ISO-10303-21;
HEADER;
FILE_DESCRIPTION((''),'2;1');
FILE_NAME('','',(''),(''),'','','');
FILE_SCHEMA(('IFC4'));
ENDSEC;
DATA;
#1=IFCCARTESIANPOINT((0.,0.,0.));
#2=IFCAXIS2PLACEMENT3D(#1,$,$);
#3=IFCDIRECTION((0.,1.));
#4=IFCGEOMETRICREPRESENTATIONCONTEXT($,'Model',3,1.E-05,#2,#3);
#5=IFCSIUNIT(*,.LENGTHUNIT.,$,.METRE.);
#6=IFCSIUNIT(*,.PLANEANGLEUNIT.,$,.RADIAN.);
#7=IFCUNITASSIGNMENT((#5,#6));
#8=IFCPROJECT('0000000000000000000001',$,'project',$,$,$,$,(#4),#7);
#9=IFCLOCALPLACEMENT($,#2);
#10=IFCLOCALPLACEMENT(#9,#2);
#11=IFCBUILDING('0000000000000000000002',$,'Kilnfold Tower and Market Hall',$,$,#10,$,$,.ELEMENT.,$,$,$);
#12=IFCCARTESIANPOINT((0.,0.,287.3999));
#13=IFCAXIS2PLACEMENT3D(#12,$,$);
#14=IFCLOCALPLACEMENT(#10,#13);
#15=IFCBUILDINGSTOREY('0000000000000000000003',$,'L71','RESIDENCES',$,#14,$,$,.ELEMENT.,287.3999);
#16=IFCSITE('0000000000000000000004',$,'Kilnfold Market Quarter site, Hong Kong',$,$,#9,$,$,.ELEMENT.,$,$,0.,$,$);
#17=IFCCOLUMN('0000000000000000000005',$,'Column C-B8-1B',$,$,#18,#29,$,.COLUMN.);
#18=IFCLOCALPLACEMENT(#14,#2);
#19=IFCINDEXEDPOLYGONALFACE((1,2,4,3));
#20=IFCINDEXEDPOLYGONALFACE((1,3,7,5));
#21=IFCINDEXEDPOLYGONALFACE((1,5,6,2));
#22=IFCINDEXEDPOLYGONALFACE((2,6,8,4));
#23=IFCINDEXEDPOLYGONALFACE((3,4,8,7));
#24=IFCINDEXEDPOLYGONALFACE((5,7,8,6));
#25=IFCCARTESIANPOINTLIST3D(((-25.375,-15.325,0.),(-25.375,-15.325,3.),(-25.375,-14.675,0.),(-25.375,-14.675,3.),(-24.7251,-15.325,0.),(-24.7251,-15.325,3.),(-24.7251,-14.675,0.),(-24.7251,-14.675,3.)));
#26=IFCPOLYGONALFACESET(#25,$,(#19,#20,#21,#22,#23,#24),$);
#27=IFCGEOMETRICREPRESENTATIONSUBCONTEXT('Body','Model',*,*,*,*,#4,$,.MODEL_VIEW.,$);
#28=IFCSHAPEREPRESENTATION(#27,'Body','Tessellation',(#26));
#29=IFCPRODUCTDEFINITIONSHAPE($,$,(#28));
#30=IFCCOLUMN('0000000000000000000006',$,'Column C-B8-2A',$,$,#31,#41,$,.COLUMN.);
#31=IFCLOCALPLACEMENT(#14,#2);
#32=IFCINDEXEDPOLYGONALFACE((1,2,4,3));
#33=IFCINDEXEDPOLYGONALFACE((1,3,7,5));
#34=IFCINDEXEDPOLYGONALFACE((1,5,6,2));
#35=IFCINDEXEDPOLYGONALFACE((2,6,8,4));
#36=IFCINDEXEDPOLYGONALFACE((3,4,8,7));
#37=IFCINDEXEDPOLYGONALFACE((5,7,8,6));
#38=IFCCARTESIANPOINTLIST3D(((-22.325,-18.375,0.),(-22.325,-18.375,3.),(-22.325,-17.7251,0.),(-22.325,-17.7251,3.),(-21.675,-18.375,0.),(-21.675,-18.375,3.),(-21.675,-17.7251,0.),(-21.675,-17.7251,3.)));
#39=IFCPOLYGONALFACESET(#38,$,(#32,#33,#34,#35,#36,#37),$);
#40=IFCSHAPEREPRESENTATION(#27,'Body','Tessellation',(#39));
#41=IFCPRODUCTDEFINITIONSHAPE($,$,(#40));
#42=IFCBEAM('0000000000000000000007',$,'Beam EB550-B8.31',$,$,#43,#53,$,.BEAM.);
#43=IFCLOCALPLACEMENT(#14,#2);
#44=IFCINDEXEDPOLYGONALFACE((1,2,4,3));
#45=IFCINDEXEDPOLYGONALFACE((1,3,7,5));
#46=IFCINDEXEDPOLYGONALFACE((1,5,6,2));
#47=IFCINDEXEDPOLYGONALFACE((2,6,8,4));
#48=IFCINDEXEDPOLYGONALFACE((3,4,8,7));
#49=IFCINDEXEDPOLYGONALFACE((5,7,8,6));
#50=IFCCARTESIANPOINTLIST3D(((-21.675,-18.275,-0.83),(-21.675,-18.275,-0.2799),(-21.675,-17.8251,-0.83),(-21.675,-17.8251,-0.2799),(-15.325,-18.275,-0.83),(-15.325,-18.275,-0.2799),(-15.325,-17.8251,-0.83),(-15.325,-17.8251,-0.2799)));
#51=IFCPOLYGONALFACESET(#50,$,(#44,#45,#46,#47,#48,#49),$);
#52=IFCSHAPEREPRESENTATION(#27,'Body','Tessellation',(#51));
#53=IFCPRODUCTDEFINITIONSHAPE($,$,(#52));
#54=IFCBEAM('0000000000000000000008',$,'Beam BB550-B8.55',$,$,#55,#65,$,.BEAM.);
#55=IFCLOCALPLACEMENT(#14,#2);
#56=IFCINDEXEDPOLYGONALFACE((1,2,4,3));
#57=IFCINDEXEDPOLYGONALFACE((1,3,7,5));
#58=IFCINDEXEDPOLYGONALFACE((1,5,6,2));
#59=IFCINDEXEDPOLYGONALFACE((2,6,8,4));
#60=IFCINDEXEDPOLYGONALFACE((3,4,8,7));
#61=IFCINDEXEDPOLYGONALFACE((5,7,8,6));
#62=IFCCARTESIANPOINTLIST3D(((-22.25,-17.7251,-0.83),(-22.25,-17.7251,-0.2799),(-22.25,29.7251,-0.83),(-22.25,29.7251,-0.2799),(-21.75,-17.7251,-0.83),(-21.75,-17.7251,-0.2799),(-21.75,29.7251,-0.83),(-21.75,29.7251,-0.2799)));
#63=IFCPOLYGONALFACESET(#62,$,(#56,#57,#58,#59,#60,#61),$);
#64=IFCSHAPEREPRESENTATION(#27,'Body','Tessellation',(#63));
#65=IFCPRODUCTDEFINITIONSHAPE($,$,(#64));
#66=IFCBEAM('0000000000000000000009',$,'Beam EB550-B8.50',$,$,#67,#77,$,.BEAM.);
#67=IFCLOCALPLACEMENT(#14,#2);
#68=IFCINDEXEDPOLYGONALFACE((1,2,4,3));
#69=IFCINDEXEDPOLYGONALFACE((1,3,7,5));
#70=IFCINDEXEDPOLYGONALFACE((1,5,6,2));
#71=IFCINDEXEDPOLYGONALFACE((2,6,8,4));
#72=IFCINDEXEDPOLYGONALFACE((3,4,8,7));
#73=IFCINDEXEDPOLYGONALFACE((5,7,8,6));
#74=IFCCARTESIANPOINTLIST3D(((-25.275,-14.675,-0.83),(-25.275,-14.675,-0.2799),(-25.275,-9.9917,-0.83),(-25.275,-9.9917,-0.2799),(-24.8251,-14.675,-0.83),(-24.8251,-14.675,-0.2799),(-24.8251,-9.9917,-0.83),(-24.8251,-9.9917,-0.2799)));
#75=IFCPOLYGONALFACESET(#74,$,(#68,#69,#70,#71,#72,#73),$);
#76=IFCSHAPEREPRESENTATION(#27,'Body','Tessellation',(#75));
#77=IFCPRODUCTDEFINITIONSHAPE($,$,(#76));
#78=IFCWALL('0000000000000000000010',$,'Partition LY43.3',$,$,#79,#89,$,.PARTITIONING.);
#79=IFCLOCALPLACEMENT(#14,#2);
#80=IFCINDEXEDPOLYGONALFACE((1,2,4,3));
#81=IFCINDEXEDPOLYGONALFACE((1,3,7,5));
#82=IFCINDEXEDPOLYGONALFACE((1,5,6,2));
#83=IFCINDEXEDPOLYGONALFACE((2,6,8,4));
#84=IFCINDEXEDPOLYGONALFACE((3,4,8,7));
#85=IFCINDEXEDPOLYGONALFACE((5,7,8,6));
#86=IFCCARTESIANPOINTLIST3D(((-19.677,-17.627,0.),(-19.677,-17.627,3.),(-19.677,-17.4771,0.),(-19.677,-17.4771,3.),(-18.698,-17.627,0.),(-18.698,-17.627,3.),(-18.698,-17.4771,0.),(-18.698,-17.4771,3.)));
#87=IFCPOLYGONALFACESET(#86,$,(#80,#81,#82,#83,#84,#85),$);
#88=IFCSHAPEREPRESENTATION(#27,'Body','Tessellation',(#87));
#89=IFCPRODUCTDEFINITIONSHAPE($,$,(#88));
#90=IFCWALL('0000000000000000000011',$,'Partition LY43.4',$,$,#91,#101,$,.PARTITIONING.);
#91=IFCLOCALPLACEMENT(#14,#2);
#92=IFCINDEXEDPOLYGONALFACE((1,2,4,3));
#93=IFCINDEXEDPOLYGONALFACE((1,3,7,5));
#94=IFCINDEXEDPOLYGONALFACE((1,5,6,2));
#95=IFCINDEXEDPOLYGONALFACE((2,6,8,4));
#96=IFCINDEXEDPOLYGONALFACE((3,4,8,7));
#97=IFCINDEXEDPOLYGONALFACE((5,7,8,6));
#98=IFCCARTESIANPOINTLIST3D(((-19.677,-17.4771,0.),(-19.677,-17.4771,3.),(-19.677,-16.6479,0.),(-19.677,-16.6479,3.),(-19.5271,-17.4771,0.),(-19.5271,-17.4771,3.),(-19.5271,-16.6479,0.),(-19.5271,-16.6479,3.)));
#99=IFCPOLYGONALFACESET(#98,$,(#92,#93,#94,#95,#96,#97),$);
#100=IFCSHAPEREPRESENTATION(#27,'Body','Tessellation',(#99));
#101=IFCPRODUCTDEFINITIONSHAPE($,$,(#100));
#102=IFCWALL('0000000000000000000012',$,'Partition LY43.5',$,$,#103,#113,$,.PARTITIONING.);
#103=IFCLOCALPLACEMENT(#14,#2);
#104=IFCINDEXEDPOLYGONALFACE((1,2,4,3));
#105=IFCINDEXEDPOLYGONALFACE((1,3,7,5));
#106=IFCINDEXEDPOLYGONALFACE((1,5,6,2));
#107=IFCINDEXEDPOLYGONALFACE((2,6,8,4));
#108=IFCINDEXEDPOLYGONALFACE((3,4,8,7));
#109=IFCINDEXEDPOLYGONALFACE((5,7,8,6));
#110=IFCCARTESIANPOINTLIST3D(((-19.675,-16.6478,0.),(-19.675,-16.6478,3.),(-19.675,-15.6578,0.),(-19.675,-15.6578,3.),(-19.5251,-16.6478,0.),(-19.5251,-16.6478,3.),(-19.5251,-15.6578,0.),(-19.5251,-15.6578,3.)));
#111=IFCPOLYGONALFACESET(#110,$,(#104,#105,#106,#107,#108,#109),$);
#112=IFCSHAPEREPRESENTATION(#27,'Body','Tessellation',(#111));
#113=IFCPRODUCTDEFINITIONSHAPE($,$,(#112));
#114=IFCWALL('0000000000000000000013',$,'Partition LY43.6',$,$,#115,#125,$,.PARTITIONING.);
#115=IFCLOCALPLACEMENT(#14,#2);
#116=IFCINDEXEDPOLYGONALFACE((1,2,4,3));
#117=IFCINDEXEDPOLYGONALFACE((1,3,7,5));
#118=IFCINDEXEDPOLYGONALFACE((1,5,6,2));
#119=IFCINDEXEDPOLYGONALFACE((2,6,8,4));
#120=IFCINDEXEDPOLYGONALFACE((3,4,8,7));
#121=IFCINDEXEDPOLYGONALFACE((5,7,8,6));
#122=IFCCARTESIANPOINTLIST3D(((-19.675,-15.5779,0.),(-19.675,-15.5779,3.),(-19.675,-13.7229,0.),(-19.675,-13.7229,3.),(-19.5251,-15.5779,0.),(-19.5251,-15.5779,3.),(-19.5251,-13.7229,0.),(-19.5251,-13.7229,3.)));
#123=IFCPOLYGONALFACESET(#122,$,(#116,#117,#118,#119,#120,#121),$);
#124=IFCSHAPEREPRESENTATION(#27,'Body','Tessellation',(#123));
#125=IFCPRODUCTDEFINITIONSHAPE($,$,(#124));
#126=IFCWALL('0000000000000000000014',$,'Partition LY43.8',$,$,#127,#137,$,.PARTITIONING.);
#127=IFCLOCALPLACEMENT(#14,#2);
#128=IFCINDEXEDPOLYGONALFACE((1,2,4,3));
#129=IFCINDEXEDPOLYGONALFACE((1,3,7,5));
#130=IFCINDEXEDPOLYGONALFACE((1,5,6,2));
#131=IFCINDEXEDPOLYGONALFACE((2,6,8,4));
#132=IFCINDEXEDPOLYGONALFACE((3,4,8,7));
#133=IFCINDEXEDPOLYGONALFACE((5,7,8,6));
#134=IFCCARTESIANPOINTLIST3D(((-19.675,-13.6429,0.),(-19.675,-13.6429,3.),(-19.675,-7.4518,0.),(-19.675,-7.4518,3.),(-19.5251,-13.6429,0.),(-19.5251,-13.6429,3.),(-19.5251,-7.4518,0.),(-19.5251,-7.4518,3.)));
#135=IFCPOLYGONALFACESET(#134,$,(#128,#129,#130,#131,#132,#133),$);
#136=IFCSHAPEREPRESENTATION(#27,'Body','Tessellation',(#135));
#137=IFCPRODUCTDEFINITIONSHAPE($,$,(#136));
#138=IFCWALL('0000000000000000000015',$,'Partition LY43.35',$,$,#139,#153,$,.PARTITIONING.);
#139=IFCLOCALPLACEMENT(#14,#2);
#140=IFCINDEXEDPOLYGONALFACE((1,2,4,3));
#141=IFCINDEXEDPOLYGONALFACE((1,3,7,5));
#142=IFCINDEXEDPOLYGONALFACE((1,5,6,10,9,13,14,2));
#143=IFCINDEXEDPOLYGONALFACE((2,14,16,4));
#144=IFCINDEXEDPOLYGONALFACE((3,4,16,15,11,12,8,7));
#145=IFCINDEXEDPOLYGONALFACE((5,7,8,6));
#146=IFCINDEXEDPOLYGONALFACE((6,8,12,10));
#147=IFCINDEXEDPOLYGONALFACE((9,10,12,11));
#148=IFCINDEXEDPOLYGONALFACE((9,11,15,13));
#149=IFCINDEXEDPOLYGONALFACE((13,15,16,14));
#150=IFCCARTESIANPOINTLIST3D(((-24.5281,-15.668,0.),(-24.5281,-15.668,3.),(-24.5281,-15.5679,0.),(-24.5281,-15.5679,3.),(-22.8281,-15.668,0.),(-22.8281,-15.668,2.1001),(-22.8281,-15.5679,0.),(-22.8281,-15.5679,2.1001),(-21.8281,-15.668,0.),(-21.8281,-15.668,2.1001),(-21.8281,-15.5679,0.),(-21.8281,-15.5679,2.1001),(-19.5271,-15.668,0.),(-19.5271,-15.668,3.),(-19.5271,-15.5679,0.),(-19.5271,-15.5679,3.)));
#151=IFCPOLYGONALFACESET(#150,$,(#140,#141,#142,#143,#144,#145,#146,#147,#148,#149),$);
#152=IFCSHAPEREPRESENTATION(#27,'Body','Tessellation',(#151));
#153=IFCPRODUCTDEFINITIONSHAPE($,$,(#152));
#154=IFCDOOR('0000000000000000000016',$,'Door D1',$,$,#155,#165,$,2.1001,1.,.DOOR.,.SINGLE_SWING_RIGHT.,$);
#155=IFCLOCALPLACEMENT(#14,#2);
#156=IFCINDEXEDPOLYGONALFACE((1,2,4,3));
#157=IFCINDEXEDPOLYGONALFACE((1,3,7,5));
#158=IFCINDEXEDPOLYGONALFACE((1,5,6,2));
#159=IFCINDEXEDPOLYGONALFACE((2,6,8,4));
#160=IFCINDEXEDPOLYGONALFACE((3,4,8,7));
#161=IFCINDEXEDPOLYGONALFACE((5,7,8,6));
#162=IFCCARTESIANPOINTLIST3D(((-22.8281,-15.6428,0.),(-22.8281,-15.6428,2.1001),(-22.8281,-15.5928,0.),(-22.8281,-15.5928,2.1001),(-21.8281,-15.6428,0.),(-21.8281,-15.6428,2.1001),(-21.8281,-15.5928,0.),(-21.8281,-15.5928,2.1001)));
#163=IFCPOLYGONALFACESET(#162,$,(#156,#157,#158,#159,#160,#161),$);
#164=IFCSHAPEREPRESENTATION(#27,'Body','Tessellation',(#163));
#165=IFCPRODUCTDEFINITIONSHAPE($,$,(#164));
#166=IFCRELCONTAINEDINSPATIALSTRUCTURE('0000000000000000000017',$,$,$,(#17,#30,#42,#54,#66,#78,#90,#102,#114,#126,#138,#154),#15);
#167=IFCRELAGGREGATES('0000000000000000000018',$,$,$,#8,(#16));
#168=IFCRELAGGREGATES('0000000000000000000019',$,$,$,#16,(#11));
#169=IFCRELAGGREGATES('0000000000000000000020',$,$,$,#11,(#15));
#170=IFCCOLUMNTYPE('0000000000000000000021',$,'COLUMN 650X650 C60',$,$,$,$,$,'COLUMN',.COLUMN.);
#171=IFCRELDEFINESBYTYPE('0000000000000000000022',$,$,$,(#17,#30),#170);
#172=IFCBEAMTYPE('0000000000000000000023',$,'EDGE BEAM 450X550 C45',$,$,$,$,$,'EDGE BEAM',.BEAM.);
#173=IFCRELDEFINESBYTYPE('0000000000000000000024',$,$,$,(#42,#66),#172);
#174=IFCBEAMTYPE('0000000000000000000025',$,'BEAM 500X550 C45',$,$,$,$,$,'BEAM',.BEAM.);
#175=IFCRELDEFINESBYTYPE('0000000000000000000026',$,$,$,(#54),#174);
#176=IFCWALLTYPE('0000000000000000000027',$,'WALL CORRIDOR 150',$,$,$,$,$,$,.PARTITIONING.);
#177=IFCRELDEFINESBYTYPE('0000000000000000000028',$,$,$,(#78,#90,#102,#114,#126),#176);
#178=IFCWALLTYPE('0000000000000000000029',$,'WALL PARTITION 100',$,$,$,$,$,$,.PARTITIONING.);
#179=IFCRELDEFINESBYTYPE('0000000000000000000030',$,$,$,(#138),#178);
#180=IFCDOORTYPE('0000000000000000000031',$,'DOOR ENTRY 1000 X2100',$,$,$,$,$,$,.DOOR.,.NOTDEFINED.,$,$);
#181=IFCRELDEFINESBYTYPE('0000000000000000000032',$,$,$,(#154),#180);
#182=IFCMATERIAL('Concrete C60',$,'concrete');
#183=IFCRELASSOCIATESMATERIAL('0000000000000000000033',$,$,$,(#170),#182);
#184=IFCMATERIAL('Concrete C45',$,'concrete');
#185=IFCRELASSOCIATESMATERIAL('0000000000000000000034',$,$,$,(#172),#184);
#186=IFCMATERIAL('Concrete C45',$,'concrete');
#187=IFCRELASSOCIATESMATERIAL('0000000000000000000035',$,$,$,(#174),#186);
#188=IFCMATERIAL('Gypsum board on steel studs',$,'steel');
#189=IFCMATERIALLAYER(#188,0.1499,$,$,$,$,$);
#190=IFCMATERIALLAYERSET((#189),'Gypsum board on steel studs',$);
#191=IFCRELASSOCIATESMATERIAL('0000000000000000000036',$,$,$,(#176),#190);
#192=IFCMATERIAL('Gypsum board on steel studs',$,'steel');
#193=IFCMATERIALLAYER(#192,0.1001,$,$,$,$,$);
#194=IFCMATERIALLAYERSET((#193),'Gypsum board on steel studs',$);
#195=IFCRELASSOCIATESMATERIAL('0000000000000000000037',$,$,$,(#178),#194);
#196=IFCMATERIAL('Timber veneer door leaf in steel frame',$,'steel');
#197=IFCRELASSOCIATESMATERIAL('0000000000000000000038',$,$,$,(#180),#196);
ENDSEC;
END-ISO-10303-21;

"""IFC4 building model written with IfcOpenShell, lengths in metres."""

from ifc_helpers import new_model, si_unit, direction, frame, frame_2d, origin, origin_2d, place, context, subcontext, project, spatial, rectangle, extrude, source, transform, mapped, material, layer, layer_set, material_profile, profile_set, type_object, element, fill, save


model = new_model("IFC4")

# Units and contexts
model_context = context("Model", 3, precision=1e-05, world=origin(), true_north=direction((0.0, 1.0)))
body_context = subcontext(model_context, "Body", "Model", "MODEL_VIEW")
ifc_project = project(units=[si_unit("LENGTHUNIT", "METRE"), si_unit("PLANEANGLEUNIT", "RADIAN")], contexts=[model_context])

# Site, building, storey
site_placement = place(None, origin())
site = spatial("IfcSite", under=ifc_project, at=site_placement, Name="Kilnfold Market Quarter site, Hong Kong", CompositionType="ELEMENT", RefElevation=0.0)
building_placement = place(site_placement, origin())
building = spatial("IfcBuilding", under=site, at=building_placement, Name="Kilnfold Tower and Market Hall", CompositionType="ELEMENT")
storey_placement = place(building_placement, frame((0.0, 0.0, 287.3999)))
storey = spatial("IfcBuildingStorey", under=building, at=storey_placement, Name="L71", Description="RESIDENCES", CompositionType="ELEMENT", Elevation=287.3999)

# Columns
ifc_material_1 = material(Name="Concrete C60", Category="concrete")
ifc_material_profile_1 = material_profile(ifc_material_1, rectangle(XDim=0.6499, YDim=0.6499, at=origin_2d()), Name="RC 650x650")
ifc_profile_set_1 = profile_set([ifc_material_profile_1], Name="Concrete C60")
column_type = type_object("IfcColumnType", Name="COLUMN 650X650 C60", ElementType="COLUMN", PredefinedType="COLUMN", material=ifc_profile_set_1)
shared_shape_1 = source(origin(), body_context, "Body", "SweptSolid", [
    extrude(rectangle(XDim=0.6499, YDim=0.6499, at=origin_2d()), origin(), (0.0, 0.0, 1.0), 3.0),
])
for number, where, z_axis, x_axis, name in (
    (1, (-25.05, -15.0, 0.0), (0.0, 0.0, 1.0), (1.0, 0.0, 0.0), "Column C-B8-1B"),
    (2, (-22.0, -18.05, 0.0), (0.0, 0.0, 1.0), (1.0, 0.0, 0.0), "Column C-B8-2A"),
):
    element("IfcColumn", number, at=place(storey_placement, frame(where, z_axis=z_axis, x_axis=x_axis)), inside=storey, type_object=column_type, Name=name, PredefinedType="COLUMN", context=body_context, shape_type="MappedRepresentation", body=[
        mapped(shared_shape_1, transform((0.0, 0.0, 0.0))),
    ])

# Beams
ifc_material_2 = material(Name="Concrete C45", Category="concrete")
ifc_material_profile_2 = material_profile(ifc_material_2, rectangle(XDim=0.45, YDim=0.55, at=origin_2d()), Name="RC 450x550")
ifc_profile_set_2 = profile_set([ifc_material_profile_2], Name="Concrete C45")
beam_type_1 = type_object("IfcBeamType", Name="EDGE BEAM 450X550 C45", ElementType="EDGE BEAM", PredefinedType="BEAM", material=ifc_profile_set_2)
shared_shape_2 = source(origin(), body_context, "Body", "SweptSolid", [
    extrude(rectangle(XDim=0.45, YDim=0.55, at=origin_2d()), origin(), (0.0, 0.0, 1.0), 6.3501),
])
beam_1_placement = place(storey_placement, frame((-21.675, -18.05, -0.5549), z_axis=(1.0, 0.0, 0.0), x_axis=(0.0, 1.0, 0.0)))
element("IfcBeam", 3, at=beam_1_placement, inside=storey, type_object=beam_type_1, Name="Beam EB550-B8.31", PredefinedType="BEAM", context=body_context, shape_type="MappedRepresentation", body=[
    mapped(shared_shape_2, transform((0.0, 0.0, 0.0))),
])
ifc_material_3 = material(Name="Concrete C45", Category="concrete")
ifc_material_profile_3 = material_profile(ifc_material_3, rectangle(XDim=0.5, YDim=0.55, at=origin_2d()), Name="RC 500x550")
ifc_profile_set_3 = profile_set([ifc_material_profile_3], Name="Concrete C45")
beam_type_2 = type_object("IfcBeamType", Name="BEAM 500X550 C45", ElementType="BEAM", PredefinedType="BEAM", material=ifc_profile_set_3)
shared_shape_3 = source(origin(), body_context, "Body", "SweptSolid", [
    extrude(rectangle(XDim=0.5, YDim=0.55, at=origin_2d()), origin(), (0.0, 0.0, 1.0), 47.4502),
])
beam_2_placement = place(storey_placement, frame((-22.0, -17.7251, -0.5549), z_axis=(0.0, 1.0, 0.0), x_axis=(-1.0, 0.0, 0.0)))
element("IfcBeam", 4, at=beam_2_placement, inside=storey, type_object=beam_type_2, Name="Beam BB550-B8.55", PredefinedType="BEAM", context=body_context, shape_type="MappedRepresentation", body=[
    mapped(shared_shape_3, transform((0.0, 0.0, 0.0))),
])
shared_shape_4 = source(origin(), body_context, "Body", "SweptSolid", [
    extrude(rectangle(XDim=0.45, YDim=0.55, at=origin_2d()), origin(), (0.0, 0.0, 1.0), 4.6833),
])
beam_3_placement = place(storey_placement, frame((-25.05, -14.675, -0.5549), z_axis=(0.0, 1.0, 0.0), x_axis=(-1.0, 0.0, 0.0)))
element("IfcBeam", 5, at=beam_3_placement, inside=storey, type_object=beam_type_1, Name="Beam EB550-B8.50", PredefinedType="BEAM", context=body_context, shape_type="MappedRepresentation", body=[
    mapped(shared_shape_4, transform((0.0, 0.0, 0.0))),
])

# Walls
ifc_material_4 = material(Name="Gypsum board on steel studs", Category="steel")
ifc_layer_1 = layer(ifc_material_4, 0.1499)
ifc_layer_set_1 = layer_set([ifc_layer_1], Name="Gypsum board on steel studs")
wall_type_1 = type_object("IfcWallType", Name="WALL CORRIDOR 150", PredefinedType="PARTITIONING", material=ifc_layer_set_1)
wall_1_placement = place(storey_placement, frame((-19.677, -17.552, 0.0), z_axis=(0.0, 0.0, 1.0), x_axis=(1.0, 0.0, 0.0)))
element("IfcWall", 6, at=wall_1_placement, inside=storey, type_object=wall_type_1, Name="Partition LY43.3", PredefinedType="PARTITIONING", context=body_context, shape_type="SweptSolid", body=[
    extrude(rectangle(XDim=0.979, YDim=0.1499, at=frame_2d((0.4895, 0.0))), origin(), (0.0, 0.0, 1.0), 3.0),
])
wall_2_placement = place(storey_placement, frame((-19.6021, -17.4771, 0.0), z_axis=(0.0, 0.0, 1.0), x_axis=(0.0, 1.0, 0.0)))
element("IfcWall", 7, at=wall_2_placement, inside=storey, type_object=wall_type_1, Name="Partition LY43.4", PredefinedType="PARTITIONING", context=body_context, shape_type="SweptSolid", body=[
    extrude(rectangle(XDim=0.8291, YDim=0.1499, at=frame_2d((0.4146, 0.0))), origin(), (0.0, 0.0, 1.0), 3.0),
])
wall_3_placement = place(storey_placement, frame((-19.6001, -16.6479, 0.0), z_axis=(0.0, 0.0, 1.0), x_axis=(0.0, 1.0, 0.0)))
element("IfcWall", 8, at=wall_3_placement, inside=storey, type_object=wall_type_1, Name="Partition LY43.5", PredefinedType="PARTITIONING", context=body_context, shape_type="SweptSolid", body=[
    extrude(rectangle(XDim=0.99, YDim=0.1499, at=frame_2d((0.4951, 0.0))), origin(), (0.0, 0.0, 1.0), 3.0),
])
wall_4_placement = place(storey_placement, frame((-19.6001, -15.5779, 0.0), z_axis=(0.0, 0.0, 1.0), x_axis=(0.0, 1.0, 0.0)))
element("IfcWall", 9, at=wall_4_placement, inside=storey, type_object=wall_type_1, Name="Partition LY43.6", PredefinedType="PARTITIONING", context=body_context, shape_type="SweptSolid", body=[
    extrude(rectangle(XDim=1.855, YDim=0.1499, at=frame_2d((0.9275, 0.0))), origin(), (0.0, 0.0, 1.0), 3.0),
])
wall_5_placement = place(storey_placement, frame((-19.6001, -13.6431, 0.0), z_axis=(0.0, 0.0, 1.0), x_axis=(0.0, 1.0, 0.0)))
element("IfcWall", 10, at=wall_5_placement, inside=storey, type_object=wall_type_1, Name="Partition LY43.8", PredefinedType="PARTITIONING", context=body_context, shape_type="SweptSolid", body=[
    extrude(rectangle(XDim=6.1912, YDim=0.1499, at=frame_2d((3.0957, 0.0))), origin(), (0.0, 0.0, 1.0), 3.0),
])

# Wall, opening, door
ifc_material_5 = material(Name="Gypsum board on steel studs", Category="steel")
ifc_layer_2 = layer(ifc_material_5, 0.1001)
ifc_layer_set_2 = layer_set([ifc_layer_2], Name="Gypsum board on steel studs")
wall_type_2 = type_object("IfcWallType", Name="WALL PARTITION 100", PredefinedType="PARTITIONING", material=ifc_layer_set_2)
wall_6_placement = place(storey_placement, frame((-19.5271, -15.6179, 0.0), z_axis=(0.0, 0.0, 1.0), x_axis=(-1.0, 0.0, 0.0)))
wall_6 = element("IfcWall", 11, at=wall_6_placement, inside=storey, type_object=wall_type_2, Name="Partition LY43.35", PredefinedType="PARTITIONING", context=body_context, shape_type="SweptSolid", body=[
    extrude(rectangle(XDim=5.001, YDim=0.1001, at=frame_2d((2.5005, 0.0))), origin(), (0.0, 0.0, 1.0), 3.0),
])
opening_1_placement = place(wall_6_placement, frame((2.301, 0.0, 0.0)))
opening_1 = element("IfcOpeningElement", 12, at=opening_1_placement, cuts=wall_6, PredefinedType="OPENING", context=body_context, shape_type="SweptSolid", body=[
    extrude(rectangle(XDim=1.0, YDim=2.1001, at=frame_2d((0.5, 1.05))), frame((0.0, 0.0601, 0.0), z_axis=(0.0, -1.0, 0.0), x_axis=(1.0, 0.0, 0.0)), (0.0, 0.0, 1.0), 0.1201),
])
ifc_material_6 = material(Name="Timber veneer door leaf in steel frame", Category="steel")
door_type_1 = type_object("IfcDoorType", Name="DOOR ENTRY 1000 X2100", OperationType="NOTDEFINED", PredefinedType="DOOR", material=ifc_material_6)
door_1_placement = place(opening_1_placement, origin())
door_1 = element("IfcDoor", 13, at=door_1_placement, inside=storey, type_object=door_type_1, Name="Door D1", OperationType="SINGLE_SWING_RIGHT", OverallHeight=2.1001, OverallWidth=1.0, PredefinedType="DOOR", context=body_context, shape_type="SweptSolid", body=[
    extrude(rectangle(XDim=1.0, YDim=2.1001, at=frame_2d((0.5, 1.05))), frame((0.0, 0.0249, 0.0), z_axis=(0.0, -1.0, 0.0), x_axis=(1.0, 0.0, 0.0)), (0.0, 0.0, 1.0), 0.05),
])
fill(opening_1, door_1)

save(model, "model.ifc")
